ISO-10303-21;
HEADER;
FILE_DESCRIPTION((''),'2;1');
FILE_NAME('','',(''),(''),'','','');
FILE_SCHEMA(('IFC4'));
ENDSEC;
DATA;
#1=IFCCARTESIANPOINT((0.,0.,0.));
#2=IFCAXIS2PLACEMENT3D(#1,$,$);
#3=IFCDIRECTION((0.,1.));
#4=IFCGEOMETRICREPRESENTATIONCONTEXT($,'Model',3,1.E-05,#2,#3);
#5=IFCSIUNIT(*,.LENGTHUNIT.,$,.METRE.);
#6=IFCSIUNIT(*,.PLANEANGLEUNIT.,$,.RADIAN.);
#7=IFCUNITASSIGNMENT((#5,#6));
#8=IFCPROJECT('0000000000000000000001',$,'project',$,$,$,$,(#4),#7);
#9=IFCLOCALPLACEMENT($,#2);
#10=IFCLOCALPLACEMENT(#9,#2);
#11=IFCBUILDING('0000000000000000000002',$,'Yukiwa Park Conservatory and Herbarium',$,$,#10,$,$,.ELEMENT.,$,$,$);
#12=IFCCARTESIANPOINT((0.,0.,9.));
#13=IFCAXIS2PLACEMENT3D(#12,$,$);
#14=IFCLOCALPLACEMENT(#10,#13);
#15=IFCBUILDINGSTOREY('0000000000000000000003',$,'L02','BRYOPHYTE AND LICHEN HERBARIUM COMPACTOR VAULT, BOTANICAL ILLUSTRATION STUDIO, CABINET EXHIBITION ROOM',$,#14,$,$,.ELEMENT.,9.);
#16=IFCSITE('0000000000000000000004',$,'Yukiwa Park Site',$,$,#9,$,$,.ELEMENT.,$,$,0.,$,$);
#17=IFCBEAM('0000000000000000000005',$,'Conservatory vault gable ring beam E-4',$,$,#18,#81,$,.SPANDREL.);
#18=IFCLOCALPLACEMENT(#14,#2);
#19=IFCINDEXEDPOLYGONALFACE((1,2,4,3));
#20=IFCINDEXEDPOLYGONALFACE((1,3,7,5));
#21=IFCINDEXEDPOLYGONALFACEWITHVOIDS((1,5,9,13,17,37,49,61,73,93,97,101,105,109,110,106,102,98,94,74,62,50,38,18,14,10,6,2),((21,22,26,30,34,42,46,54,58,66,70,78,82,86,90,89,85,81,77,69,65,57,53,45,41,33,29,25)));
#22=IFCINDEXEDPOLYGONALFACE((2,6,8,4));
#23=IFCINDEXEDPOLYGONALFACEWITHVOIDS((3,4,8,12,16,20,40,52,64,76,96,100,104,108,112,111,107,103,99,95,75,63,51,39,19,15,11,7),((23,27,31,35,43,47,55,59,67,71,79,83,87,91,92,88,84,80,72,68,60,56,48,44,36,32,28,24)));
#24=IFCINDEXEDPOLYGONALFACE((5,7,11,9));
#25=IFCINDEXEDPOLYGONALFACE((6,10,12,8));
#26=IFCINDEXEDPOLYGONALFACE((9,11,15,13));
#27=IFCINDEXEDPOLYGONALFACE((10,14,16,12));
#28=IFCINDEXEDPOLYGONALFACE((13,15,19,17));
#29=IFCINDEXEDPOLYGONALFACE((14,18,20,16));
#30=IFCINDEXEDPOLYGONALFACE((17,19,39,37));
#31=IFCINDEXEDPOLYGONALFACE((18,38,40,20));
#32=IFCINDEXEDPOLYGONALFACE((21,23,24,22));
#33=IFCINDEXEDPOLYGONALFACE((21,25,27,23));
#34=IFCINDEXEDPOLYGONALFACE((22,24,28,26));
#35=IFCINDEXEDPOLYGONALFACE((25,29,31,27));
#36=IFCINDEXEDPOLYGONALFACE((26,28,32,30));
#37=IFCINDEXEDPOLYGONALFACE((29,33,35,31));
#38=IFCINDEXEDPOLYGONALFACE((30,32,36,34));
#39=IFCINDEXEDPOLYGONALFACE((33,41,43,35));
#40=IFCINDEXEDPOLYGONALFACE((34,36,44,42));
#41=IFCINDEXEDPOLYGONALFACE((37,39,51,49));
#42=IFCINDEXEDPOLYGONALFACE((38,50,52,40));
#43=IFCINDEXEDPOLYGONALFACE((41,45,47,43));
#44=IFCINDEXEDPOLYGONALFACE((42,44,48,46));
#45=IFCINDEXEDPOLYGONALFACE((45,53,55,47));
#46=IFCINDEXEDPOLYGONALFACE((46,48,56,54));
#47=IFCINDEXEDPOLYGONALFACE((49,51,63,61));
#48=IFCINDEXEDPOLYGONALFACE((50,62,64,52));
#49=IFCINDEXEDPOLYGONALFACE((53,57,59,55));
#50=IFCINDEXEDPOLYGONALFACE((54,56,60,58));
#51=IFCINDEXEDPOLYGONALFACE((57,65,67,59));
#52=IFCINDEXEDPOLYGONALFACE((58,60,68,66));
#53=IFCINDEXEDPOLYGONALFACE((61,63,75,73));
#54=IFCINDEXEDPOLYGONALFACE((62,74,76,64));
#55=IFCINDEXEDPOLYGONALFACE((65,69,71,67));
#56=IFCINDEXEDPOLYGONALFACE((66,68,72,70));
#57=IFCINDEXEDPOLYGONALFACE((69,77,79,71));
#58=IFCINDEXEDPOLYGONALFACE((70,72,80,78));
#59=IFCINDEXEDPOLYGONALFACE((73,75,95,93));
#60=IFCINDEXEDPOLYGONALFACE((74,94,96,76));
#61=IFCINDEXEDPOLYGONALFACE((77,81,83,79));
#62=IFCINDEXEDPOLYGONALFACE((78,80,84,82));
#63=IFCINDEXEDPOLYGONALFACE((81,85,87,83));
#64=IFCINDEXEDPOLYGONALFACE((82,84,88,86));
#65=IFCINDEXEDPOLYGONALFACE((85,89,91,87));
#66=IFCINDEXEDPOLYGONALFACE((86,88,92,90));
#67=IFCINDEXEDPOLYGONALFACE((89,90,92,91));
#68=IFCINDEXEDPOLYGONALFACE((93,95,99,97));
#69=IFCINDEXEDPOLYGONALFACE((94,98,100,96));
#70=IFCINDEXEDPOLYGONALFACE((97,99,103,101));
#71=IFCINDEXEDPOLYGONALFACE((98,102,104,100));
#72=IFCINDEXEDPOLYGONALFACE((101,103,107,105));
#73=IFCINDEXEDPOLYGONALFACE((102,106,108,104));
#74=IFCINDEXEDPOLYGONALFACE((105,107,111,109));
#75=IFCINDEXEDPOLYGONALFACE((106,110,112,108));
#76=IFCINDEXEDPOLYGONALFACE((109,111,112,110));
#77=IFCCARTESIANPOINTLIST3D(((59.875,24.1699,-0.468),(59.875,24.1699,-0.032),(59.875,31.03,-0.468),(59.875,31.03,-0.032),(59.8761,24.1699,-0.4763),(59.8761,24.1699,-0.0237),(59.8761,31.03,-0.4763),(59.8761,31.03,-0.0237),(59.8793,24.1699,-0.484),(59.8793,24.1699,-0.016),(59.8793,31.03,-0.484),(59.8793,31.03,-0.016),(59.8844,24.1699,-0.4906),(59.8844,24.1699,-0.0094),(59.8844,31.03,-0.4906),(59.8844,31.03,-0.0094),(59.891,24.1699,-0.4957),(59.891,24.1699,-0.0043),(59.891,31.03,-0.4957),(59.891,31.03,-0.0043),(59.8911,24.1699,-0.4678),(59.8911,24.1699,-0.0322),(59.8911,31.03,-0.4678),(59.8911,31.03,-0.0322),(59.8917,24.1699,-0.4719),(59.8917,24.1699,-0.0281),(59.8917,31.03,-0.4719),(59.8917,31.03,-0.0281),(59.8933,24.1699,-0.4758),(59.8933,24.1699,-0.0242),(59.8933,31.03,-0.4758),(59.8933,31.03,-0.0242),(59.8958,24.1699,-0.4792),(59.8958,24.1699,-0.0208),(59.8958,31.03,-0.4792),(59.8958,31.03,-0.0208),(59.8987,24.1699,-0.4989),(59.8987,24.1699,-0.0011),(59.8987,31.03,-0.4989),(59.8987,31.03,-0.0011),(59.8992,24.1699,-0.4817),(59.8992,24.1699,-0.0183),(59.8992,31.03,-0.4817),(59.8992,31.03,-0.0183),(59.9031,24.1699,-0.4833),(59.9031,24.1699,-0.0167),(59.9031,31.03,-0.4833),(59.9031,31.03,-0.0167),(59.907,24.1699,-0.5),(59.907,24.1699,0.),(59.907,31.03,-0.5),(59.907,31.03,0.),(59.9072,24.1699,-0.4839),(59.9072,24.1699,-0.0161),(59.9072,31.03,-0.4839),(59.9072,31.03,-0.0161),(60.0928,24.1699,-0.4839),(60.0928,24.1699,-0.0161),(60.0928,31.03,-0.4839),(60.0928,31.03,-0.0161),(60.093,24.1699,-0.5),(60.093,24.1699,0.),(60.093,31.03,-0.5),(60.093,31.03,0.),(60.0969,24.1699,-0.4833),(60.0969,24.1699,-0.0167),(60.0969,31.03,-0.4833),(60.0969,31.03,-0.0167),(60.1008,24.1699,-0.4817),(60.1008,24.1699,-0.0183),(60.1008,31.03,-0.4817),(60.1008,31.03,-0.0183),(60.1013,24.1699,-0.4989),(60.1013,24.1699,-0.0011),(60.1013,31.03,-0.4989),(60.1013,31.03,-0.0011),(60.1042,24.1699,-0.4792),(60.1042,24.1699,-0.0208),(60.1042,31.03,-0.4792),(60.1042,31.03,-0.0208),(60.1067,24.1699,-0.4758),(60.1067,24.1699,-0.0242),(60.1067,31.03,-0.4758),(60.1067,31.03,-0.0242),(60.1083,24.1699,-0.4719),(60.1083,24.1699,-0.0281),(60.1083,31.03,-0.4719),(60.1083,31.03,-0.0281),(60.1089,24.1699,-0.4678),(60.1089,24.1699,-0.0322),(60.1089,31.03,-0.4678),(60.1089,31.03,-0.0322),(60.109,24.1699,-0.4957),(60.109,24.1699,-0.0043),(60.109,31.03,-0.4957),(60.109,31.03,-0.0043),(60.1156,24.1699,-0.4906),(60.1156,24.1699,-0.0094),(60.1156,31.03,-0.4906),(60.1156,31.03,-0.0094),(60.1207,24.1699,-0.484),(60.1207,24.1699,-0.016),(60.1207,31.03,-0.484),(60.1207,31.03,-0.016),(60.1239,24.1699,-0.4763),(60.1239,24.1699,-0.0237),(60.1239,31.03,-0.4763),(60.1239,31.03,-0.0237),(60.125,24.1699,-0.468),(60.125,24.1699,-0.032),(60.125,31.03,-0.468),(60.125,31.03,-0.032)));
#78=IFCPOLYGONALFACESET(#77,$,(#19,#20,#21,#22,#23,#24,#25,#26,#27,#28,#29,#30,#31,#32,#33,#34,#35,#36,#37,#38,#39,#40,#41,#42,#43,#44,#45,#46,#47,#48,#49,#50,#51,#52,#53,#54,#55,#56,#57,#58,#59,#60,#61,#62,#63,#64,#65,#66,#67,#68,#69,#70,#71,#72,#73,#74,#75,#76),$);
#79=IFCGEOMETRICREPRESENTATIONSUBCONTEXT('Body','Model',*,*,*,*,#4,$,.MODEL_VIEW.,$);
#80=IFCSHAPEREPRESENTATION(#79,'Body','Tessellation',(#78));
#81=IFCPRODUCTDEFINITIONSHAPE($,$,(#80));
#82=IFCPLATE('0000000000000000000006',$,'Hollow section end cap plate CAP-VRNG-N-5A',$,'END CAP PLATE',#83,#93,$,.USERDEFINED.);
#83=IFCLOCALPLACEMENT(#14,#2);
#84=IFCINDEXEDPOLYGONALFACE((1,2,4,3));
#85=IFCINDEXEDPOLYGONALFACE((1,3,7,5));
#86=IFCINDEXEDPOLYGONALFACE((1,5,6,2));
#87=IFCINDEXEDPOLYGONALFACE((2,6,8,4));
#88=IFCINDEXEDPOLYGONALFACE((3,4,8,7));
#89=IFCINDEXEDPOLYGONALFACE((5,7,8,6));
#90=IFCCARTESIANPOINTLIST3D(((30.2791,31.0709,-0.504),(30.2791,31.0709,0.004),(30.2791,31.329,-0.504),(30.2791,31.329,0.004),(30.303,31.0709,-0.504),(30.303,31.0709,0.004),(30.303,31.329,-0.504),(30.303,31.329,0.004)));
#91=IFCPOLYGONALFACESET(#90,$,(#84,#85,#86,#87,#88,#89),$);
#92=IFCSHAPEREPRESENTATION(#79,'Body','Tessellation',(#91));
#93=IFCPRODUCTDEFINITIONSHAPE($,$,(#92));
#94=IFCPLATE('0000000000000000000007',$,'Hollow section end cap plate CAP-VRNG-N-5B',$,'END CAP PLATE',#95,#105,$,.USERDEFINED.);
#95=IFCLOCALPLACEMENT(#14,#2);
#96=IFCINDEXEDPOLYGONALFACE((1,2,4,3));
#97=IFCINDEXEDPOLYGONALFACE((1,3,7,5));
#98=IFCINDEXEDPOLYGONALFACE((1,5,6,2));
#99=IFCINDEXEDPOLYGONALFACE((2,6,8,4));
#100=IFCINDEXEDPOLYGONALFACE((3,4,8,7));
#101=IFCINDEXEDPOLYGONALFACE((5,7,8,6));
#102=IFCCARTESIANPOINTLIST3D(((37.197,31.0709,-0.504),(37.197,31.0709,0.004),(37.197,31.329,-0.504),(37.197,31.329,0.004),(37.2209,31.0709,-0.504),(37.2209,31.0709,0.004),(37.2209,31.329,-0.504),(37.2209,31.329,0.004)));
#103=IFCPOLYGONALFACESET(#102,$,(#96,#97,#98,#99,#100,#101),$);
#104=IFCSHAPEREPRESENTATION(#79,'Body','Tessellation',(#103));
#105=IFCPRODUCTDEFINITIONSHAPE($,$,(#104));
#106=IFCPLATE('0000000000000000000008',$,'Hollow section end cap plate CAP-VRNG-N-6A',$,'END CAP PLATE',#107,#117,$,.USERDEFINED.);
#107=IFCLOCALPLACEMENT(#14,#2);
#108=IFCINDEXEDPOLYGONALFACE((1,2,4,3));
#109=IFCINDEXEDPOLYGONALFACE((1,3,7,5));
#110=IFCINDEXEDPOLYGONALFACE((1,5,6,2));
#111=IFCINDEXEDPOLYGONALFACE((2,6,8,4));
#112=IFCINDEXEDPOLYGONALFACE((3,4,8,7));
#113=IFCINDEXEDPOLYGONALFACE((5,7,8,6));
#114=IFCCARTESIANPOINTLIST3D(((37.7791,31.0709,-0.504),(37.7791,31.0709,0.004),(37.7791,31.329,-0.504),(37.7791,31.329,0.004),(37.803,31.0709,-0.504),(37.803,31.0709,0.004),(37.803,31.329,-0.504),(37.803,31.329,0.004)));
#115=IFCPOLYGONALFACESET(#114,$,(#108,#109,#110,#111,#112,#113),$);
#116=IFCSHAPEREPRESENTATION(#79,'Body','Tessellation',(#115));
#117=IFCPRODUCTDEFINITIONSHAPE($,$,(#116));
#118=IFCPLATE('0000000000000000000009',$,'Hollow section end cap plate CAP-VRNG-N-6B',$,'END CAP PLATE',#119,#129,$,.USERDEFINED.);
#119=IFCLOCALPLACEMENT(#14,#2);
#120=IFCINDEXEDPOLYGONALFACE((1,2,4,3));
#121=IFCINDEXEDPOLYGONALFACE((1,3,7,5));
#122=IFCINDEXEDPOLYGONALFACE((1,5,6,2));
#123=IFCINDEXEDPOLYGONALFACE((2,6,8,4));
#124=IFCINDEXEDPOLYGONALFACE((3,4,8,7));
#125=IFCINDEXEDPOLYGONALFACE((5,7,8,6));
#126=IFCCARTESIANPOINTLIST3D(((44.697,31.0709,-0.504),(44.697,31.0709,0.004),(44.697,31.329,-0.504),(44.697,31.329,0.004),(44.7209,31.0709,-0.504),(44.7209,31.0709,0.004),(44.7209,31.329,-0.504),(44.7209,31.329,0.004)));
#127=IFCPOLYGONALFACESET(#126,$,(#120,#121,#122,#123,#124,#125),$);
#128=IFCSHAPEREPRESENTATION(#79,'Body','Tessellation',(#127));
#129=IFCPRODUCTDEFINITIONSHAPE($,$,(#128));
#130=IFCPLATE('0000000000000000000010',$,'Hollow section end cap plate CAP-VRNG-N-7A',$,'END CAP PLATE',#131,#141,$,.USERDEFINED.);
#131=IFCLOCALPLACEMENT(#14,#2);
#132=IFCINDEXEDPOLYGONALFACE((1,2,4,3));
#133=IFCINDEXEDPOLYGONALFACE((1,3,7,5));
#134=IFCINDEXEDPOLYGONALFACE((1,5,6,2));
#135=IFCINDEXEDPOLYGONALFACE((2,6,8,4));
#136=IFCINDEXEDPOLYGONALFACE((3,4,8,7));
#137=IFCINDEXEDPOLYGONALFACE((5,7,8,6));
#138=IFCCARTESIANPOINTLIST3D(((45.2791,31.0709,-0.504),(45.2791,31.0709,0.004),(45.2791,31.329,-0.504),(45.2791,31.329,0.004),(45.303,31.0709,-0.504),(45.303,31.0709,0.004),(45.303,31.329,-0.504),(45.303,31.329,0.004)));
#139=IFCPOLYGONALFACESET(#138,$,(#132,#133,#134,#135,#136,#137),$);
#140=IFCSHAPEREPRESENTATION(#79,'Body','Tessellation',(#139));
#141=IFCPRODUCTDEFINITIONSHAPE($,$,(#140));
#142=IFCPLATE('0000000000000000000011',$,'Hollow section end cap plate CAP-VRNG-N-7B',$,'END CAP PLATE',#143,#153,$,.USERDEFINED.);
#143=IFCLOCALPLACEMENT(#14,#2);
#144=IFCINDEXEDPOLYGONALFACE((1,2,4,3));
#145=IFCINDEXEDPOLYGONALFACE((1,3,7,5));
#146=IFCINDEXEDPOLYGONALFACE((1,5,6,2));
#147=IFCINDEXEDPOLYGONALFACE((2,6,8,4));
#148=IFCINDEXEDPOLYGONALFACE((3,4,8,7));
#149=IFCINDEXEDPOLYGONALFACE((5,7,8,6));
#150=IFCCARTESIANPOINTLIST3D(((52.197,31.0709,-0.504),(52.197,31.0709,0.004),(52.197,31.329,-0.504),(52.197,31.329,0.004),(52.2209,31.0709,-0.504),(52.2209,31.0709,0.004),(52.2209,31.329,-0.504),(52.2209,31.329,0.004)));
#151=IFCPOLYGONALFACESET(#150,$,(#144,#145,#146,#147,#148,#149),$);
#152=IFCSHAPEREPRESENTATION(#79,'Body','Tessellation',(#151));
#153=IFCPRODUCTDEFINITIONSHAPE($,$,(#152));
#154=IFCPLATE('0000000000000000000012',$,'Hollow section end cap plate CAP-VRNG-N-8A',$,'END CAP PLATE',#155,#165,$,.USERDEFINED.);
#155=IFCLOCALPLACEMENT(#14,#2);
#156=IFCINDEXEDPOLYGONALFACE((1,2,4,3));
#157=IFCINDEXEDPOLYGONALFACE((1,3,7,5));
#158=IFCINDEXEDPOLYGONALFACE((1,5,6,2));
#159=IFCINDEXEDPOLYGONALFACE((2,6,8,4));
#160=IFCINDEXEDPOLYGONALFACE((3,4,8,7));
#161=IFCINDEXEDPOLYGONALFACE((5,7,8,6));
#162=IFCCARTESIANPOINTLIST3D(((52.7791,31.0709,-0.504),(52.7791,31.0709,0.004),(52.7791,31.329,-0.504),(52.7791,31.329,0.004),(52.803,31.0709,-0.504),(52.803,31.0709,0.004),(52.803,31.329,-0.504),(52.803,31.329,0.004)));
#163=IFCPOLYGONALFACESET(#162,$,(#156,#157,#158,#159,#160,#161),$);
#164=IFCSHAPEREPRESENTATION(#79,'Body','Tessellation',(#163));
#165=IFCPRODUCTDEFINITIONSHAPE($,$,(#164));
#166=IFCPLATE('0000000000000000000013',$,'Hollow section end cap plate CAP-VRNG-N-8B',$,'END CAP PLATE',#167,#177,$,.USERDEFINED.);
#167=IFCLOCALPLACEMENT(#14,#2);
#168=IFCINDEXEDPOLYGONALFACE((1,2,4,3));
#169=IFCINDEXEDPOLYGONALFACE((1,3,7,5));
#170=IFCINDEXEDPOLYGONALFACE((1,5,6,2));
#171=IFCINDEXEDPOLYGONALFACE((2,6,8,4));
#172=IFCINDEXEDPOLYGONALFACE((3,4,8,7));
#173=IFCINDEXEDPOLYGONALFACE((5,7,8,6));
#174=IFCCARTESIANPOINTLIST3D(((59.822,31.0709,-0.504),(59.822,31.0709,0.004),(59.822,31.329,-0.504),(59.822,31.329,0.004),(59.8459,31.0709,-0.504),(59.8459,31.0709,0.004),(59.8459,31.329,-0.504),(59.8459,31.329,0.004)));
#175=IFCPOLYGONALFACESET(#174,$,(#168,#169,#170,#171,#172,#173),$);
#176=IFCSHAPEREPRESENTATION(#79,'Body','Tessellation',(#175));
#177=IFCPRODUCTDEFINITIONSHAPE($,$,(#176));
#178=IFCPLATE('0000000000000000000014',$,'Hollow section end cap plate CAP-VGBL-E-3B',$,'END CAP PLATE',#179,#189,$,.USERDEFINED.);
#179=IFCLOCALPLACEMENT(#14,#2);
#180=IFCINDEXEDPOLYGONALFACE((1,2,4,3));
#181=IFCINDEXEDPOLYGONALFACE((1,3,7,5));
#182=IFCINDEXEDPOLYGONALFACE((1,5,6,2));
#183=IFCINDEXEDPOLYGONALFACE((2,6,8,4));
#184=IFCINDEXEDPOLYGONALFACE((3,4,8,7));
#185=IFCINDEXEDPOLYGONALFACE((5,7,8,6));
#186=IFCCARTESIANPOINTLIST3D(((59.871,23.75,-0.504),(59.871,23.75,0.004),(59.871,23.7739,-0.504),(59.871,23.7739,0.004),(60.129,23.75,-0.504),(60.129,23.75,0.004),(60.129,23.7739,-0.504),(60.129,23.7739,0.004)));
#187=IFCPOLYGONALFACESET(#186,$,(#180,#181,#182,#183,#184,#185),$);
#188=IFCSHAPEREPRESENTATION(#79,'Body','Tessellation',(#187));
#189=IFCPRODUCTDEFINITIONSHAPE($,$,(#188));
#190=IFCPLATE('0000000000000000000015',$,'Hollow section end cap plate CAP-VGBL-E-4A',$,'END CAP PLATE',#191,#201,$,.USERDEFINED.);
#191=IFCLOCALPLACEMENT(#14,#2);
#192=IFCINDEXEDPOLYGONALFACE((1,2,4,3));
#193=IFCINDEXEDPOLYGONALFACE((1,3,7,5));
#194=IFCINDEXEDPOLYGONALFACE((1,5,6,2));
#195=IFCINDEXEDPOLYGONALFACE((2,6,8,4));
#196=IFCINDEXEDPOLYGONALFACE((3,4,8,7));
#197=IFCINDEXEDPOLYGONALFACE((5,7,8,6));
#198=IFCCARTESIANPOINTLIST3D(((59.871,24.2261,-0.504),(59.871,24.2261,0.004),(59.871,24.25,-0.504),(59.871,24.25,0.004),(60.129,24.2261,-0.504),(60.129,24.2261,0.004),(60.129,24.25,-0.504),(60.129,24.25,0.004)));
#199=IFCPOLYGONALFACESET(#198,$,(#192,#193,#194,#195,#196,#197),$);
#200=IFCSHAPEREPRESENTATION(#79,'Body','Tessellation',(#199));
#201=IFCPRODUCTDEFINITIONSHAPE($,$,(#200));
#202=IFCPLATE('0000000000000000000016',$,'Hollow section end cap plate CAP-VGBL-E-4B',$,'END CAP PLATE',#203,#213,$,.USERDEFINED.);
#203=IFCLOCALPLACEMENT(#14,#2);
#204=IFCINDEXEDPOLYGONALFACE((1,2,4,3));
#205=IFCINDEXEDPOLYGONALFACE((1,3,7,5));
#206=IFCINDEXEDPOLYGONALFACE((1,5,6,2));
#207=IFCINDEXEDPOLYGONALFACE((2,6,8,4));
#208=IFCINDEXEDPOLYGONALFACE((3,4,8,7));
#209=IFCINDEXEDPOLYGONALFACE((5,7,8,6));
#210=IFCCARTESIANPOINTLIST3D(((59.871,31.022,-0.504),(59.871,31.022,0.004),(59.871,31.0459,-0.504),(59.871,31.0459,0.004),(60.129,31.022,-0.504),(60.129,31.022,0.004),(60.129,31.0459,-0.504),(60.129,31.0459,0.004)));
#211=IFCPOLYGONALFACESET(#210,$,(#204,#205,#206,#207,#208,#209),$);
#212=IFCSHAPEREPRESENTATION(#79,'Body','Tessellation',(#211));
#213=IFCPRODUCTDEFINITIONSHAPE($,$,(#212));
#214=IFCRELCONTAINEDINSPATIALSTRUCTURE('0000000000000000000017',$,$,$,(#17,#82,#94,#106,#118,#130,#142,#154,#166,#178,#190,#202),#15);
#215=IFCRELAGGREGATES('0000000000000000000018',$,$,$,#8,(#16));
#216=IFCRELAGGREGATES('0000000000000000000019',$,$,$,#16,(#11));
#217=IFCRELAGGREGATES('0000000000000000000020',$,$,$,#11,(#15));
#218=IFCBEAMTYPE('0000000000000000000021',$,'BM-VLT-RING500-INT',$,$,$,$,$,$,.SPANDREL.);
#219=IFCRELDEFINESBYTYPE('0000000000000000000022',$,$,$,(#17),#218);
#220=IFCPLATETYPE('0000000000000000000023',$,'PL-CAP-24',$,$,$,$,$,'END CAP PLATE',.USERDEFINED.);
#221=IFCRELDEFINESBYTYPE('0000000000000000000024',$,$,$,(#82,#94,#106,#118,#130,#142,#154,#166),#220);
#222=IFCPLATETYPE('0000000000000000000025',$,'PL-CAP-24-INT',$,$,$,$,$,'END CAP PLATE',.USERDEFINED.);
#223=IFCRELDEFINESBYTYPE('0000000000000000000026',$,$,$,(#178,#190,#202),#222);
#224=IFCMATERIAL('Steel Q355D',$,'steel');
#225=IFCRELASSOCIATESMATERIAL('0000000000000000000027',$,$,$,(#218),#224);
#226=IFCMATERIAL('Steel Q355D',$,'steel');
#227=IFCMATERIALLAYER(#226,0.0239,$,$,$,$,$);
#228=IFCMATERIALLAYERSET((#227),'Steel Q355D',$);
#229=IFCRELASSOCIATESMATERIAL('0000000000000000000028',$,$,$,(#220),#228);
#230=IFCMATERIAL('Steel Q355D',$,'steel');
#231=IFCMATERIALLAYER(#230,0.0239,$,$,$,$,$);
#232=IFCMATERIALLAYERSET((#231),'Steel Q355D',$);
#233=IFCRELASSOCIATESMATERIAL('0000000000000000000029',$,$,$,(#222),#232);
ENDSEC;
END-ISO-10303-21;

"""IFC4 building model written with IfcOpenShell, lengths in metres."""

from ifc_helpers import new_model, si_unit, direction, frame, origin, origin_2d, place, context, subcontext, project, spatial, rectangle, hollow_rectangle, extrude, material, layer, layer_set, material_profile, profile_set, type_object, element, save


model = new_model("IFC4")

# Units and contexts
model_context = context("Model", 3, precision=1e-05, world=origin(), true_north=direction((0.0, 1.0)))
body_context = subcontext(model_context, "Body", "Model", "MODEL_VIEW")
ifc_project = project(units=[si_unit("LENGTHUNIT", "METRE"), si_unit("PLANEANGLEUNIT", "RADIAN")], contexts=[model_context])

# Site, building, storey
site_placement = place(None, origin())
site = spatial("IfcSite", under=ifc_project, at=site_placement, Name="Yukiwa Park Site", CompositionType="ELEMENT", RefElevation=0.0)
building_placement = place(site_placement, origin())
building = spatial("IfcBuilding", under=site, at=building_placement, Name="Yukiwa Park Conservatory and Herbarium", CompositionType="ELEMENT")
storey_placement = place(building_placement, frame((0.0, 0.0, 9.0)))
storey = spatial("IfcBuildingStorey", under=building, at=storey_placement, Name="L02", Description="BRYOPHYTE AND LICHEN HERBARIUM COMPACTOR VAULT, BOTANICAL ILLUSTRATION STUDIO, CABINET EXHIBITION ROOM", CompositionType="ELEMENT", Elevation=9.0)

# Beam
ifc_material_1 = material(Name="Steel Q355D", Category="steel")
ifc_material_profile_1 = material_profile(ifc_material_1, hollow_rectangle(XDim=0.25, YDim=0.5, WallThickness=0.0161, InnerFilletRadius=0.0161, OuterFilletRadius=0.032, at=origin_2d()), Name="RHS 500x250x16")
ifc_profile_set_1 = profile_set([ifc_material_profile_1], Name="Steel Q355D")
beam_type_1 = type_object("IfcBeamType", Name="BM-VLT-RING500-INT", PredefinedType="SPANDREL", material=ifc_profile_set_1)
beam_1_placement = place(storey_placement, frame((60.0, 24.1699, -0.25), z_axis=(0.0, 1.0, 0.0), x_axis=(-1.0, 0.0, 0.0)))
element("IfcBeam", 1, at=beam_1_placement, inside=storey, type_object=beam_type_1, Name="Conservatory vault gable ring beam E-4", PredefinedType="SPANDREL", context=body_context, shape_type="SweptSolid", body=[
    extrude(hollow_rectangle(XDim=0.25, YDim=0.5, WallThickness=0.0161, InnerFilletRadius=0.0161, OuterFilletRadius=0.032, at=origin_2d()), origin(), (0.0, 0.0, 1.0), 6.8601),
])

# Plates
ifc_material_2 = material(Name="Steel Q355D", Category="steel")
ifc_layer_1 = layer(ifc_material_2, 0.0239)
ifc_layer_set_1 = layer_set([ifc_layer_1], Name="Steel Q355D")
plate_type_1 = type_object("IfcPlateType", Name="PL-CAP-24", ElementType="END CAP PLATE", PredefinedType="USERDEFINED", material=ifc_layer_set_1)
for number, where, z_axis, x_axis, name in (
    (2, (30.303, 31.2, -0.25), (-1.0, 0.0, 0.0), (0.0, -1.0, 0.0), "Hollow section end cap plate CAP-VRNG-N-5A"),
    (3, (37.197, 31.2, -0.25), (1.0, 0.0, 0.0), (0.0, 1.0, 0.0), "Hollow section end cap plate CAP-VRNG-N-5B"),
    (4, (37.803, 31.2, -0.25), (-1.0, 0.0, 0.0), (0.0, -1.0, 0.0), "Hollow section end cap plate CAP-VRNG-N-6A"),
    (5, (44.697, 31.2, -0.25), (1.0, 0.0, 0.0), (0.0, 1.0, 0.0), "Hollow section end cap plate CAP-VRNG-N-6B"),
    (6, (45.303, 31.2, -0.25), (-1.0, 0.0, 0.0), (0.0, -1.0, 0.0), "Hollow section end cap plate CAP-VRNG-N-7A"),
    (7, (52.197, 31.2, -0.25), (1.0, 0.0, 0.0), (0.0, 1.0, 0.0), "Hollow section end cap plate CAP-VRNG-N-7B"),
    (8, (52.803, 31.2, -0.25), (-1.0, 0.0, 0.0), (0.0, -1.0, 0.0), "Hollow section end cap plate CAP-VRNG-N-8A"),
    (9, (59.822, 31.2, -0.25), (1.0, 0.0, 0.0), (0.0, 1.0, 0.0), "Hollow section end cap plate CAP-VRNG-N-8B"),
):
    element("IfcPlate", number, at=place(storey_placement, frame(where, z_axis=z_axis, x_axis=x_axis)), inside=storey, type_object=plate_type_1, Name=name, ObjectType="END CAP PLATE", PredefinedType="USERDEFINED", context=body_context, shape_type="SweptSolid", body=[
        extrude(rectangle(XDim=0.2581, YDim=0.5081, at=origin_2d()), origin(), (0.0, 0.0, 1.0), 0.0239),
    ])
ifc_material_3 = material(Name="Steel Q355D", Category="steel")
ifc_layer_2 = layer(ifc_material_3, 0.0239)
ifc_layer_set_2 = layer_set([ifc_layer_2], Name="Steel Q355D")
plate_type_2 = type_object("IfcPlateType", Name="PL-CAP-24-INT", ElementType="END CAP PLATE", PredefinedType="USERDEFINED", material=ifc_layer_set_2)
for number, where, z_axis, x_axis, name in (
    (10, (60.0, 23.75, -0.25), (0.0, 1.0, 0.0), (-1.0, 0.0, 0.0), "Hollow section end cap plate CAP-VGBL-E-3B"),
    (11, (60.0, 24.25, -0.25), (0.0, -1.0, 0.0), (1.0, 0.0, 0.0), "Hollow section end cap plate CAP-VGBL-E-4A"),
    (12, (60.0, 31.022, -0.25), (0.0, 1.0, 0.0), (-1.0, 0.0, 0.0), "Hollow section end cap plate CAP-VGBL-E-4B"),
):
    element("IfcPlate", number, at=place(storey_placement, frame(where, z_axis=z_axis, x_axis=x_axis)), inside=storey, type_object=plate_type_2, Name=name, ObjectType="END CAP PLATE", PredefinedType="USERDEFINED", context=body_context, shape_type="SweptSolid", body=[
        extrude(rectangle(XDim=0.2581, YDim=0.5081, at=origin_2d()), origin(), (0.0, 0.0, 1.0), 0.0239),
    ])

save(model, "model.ifc")
